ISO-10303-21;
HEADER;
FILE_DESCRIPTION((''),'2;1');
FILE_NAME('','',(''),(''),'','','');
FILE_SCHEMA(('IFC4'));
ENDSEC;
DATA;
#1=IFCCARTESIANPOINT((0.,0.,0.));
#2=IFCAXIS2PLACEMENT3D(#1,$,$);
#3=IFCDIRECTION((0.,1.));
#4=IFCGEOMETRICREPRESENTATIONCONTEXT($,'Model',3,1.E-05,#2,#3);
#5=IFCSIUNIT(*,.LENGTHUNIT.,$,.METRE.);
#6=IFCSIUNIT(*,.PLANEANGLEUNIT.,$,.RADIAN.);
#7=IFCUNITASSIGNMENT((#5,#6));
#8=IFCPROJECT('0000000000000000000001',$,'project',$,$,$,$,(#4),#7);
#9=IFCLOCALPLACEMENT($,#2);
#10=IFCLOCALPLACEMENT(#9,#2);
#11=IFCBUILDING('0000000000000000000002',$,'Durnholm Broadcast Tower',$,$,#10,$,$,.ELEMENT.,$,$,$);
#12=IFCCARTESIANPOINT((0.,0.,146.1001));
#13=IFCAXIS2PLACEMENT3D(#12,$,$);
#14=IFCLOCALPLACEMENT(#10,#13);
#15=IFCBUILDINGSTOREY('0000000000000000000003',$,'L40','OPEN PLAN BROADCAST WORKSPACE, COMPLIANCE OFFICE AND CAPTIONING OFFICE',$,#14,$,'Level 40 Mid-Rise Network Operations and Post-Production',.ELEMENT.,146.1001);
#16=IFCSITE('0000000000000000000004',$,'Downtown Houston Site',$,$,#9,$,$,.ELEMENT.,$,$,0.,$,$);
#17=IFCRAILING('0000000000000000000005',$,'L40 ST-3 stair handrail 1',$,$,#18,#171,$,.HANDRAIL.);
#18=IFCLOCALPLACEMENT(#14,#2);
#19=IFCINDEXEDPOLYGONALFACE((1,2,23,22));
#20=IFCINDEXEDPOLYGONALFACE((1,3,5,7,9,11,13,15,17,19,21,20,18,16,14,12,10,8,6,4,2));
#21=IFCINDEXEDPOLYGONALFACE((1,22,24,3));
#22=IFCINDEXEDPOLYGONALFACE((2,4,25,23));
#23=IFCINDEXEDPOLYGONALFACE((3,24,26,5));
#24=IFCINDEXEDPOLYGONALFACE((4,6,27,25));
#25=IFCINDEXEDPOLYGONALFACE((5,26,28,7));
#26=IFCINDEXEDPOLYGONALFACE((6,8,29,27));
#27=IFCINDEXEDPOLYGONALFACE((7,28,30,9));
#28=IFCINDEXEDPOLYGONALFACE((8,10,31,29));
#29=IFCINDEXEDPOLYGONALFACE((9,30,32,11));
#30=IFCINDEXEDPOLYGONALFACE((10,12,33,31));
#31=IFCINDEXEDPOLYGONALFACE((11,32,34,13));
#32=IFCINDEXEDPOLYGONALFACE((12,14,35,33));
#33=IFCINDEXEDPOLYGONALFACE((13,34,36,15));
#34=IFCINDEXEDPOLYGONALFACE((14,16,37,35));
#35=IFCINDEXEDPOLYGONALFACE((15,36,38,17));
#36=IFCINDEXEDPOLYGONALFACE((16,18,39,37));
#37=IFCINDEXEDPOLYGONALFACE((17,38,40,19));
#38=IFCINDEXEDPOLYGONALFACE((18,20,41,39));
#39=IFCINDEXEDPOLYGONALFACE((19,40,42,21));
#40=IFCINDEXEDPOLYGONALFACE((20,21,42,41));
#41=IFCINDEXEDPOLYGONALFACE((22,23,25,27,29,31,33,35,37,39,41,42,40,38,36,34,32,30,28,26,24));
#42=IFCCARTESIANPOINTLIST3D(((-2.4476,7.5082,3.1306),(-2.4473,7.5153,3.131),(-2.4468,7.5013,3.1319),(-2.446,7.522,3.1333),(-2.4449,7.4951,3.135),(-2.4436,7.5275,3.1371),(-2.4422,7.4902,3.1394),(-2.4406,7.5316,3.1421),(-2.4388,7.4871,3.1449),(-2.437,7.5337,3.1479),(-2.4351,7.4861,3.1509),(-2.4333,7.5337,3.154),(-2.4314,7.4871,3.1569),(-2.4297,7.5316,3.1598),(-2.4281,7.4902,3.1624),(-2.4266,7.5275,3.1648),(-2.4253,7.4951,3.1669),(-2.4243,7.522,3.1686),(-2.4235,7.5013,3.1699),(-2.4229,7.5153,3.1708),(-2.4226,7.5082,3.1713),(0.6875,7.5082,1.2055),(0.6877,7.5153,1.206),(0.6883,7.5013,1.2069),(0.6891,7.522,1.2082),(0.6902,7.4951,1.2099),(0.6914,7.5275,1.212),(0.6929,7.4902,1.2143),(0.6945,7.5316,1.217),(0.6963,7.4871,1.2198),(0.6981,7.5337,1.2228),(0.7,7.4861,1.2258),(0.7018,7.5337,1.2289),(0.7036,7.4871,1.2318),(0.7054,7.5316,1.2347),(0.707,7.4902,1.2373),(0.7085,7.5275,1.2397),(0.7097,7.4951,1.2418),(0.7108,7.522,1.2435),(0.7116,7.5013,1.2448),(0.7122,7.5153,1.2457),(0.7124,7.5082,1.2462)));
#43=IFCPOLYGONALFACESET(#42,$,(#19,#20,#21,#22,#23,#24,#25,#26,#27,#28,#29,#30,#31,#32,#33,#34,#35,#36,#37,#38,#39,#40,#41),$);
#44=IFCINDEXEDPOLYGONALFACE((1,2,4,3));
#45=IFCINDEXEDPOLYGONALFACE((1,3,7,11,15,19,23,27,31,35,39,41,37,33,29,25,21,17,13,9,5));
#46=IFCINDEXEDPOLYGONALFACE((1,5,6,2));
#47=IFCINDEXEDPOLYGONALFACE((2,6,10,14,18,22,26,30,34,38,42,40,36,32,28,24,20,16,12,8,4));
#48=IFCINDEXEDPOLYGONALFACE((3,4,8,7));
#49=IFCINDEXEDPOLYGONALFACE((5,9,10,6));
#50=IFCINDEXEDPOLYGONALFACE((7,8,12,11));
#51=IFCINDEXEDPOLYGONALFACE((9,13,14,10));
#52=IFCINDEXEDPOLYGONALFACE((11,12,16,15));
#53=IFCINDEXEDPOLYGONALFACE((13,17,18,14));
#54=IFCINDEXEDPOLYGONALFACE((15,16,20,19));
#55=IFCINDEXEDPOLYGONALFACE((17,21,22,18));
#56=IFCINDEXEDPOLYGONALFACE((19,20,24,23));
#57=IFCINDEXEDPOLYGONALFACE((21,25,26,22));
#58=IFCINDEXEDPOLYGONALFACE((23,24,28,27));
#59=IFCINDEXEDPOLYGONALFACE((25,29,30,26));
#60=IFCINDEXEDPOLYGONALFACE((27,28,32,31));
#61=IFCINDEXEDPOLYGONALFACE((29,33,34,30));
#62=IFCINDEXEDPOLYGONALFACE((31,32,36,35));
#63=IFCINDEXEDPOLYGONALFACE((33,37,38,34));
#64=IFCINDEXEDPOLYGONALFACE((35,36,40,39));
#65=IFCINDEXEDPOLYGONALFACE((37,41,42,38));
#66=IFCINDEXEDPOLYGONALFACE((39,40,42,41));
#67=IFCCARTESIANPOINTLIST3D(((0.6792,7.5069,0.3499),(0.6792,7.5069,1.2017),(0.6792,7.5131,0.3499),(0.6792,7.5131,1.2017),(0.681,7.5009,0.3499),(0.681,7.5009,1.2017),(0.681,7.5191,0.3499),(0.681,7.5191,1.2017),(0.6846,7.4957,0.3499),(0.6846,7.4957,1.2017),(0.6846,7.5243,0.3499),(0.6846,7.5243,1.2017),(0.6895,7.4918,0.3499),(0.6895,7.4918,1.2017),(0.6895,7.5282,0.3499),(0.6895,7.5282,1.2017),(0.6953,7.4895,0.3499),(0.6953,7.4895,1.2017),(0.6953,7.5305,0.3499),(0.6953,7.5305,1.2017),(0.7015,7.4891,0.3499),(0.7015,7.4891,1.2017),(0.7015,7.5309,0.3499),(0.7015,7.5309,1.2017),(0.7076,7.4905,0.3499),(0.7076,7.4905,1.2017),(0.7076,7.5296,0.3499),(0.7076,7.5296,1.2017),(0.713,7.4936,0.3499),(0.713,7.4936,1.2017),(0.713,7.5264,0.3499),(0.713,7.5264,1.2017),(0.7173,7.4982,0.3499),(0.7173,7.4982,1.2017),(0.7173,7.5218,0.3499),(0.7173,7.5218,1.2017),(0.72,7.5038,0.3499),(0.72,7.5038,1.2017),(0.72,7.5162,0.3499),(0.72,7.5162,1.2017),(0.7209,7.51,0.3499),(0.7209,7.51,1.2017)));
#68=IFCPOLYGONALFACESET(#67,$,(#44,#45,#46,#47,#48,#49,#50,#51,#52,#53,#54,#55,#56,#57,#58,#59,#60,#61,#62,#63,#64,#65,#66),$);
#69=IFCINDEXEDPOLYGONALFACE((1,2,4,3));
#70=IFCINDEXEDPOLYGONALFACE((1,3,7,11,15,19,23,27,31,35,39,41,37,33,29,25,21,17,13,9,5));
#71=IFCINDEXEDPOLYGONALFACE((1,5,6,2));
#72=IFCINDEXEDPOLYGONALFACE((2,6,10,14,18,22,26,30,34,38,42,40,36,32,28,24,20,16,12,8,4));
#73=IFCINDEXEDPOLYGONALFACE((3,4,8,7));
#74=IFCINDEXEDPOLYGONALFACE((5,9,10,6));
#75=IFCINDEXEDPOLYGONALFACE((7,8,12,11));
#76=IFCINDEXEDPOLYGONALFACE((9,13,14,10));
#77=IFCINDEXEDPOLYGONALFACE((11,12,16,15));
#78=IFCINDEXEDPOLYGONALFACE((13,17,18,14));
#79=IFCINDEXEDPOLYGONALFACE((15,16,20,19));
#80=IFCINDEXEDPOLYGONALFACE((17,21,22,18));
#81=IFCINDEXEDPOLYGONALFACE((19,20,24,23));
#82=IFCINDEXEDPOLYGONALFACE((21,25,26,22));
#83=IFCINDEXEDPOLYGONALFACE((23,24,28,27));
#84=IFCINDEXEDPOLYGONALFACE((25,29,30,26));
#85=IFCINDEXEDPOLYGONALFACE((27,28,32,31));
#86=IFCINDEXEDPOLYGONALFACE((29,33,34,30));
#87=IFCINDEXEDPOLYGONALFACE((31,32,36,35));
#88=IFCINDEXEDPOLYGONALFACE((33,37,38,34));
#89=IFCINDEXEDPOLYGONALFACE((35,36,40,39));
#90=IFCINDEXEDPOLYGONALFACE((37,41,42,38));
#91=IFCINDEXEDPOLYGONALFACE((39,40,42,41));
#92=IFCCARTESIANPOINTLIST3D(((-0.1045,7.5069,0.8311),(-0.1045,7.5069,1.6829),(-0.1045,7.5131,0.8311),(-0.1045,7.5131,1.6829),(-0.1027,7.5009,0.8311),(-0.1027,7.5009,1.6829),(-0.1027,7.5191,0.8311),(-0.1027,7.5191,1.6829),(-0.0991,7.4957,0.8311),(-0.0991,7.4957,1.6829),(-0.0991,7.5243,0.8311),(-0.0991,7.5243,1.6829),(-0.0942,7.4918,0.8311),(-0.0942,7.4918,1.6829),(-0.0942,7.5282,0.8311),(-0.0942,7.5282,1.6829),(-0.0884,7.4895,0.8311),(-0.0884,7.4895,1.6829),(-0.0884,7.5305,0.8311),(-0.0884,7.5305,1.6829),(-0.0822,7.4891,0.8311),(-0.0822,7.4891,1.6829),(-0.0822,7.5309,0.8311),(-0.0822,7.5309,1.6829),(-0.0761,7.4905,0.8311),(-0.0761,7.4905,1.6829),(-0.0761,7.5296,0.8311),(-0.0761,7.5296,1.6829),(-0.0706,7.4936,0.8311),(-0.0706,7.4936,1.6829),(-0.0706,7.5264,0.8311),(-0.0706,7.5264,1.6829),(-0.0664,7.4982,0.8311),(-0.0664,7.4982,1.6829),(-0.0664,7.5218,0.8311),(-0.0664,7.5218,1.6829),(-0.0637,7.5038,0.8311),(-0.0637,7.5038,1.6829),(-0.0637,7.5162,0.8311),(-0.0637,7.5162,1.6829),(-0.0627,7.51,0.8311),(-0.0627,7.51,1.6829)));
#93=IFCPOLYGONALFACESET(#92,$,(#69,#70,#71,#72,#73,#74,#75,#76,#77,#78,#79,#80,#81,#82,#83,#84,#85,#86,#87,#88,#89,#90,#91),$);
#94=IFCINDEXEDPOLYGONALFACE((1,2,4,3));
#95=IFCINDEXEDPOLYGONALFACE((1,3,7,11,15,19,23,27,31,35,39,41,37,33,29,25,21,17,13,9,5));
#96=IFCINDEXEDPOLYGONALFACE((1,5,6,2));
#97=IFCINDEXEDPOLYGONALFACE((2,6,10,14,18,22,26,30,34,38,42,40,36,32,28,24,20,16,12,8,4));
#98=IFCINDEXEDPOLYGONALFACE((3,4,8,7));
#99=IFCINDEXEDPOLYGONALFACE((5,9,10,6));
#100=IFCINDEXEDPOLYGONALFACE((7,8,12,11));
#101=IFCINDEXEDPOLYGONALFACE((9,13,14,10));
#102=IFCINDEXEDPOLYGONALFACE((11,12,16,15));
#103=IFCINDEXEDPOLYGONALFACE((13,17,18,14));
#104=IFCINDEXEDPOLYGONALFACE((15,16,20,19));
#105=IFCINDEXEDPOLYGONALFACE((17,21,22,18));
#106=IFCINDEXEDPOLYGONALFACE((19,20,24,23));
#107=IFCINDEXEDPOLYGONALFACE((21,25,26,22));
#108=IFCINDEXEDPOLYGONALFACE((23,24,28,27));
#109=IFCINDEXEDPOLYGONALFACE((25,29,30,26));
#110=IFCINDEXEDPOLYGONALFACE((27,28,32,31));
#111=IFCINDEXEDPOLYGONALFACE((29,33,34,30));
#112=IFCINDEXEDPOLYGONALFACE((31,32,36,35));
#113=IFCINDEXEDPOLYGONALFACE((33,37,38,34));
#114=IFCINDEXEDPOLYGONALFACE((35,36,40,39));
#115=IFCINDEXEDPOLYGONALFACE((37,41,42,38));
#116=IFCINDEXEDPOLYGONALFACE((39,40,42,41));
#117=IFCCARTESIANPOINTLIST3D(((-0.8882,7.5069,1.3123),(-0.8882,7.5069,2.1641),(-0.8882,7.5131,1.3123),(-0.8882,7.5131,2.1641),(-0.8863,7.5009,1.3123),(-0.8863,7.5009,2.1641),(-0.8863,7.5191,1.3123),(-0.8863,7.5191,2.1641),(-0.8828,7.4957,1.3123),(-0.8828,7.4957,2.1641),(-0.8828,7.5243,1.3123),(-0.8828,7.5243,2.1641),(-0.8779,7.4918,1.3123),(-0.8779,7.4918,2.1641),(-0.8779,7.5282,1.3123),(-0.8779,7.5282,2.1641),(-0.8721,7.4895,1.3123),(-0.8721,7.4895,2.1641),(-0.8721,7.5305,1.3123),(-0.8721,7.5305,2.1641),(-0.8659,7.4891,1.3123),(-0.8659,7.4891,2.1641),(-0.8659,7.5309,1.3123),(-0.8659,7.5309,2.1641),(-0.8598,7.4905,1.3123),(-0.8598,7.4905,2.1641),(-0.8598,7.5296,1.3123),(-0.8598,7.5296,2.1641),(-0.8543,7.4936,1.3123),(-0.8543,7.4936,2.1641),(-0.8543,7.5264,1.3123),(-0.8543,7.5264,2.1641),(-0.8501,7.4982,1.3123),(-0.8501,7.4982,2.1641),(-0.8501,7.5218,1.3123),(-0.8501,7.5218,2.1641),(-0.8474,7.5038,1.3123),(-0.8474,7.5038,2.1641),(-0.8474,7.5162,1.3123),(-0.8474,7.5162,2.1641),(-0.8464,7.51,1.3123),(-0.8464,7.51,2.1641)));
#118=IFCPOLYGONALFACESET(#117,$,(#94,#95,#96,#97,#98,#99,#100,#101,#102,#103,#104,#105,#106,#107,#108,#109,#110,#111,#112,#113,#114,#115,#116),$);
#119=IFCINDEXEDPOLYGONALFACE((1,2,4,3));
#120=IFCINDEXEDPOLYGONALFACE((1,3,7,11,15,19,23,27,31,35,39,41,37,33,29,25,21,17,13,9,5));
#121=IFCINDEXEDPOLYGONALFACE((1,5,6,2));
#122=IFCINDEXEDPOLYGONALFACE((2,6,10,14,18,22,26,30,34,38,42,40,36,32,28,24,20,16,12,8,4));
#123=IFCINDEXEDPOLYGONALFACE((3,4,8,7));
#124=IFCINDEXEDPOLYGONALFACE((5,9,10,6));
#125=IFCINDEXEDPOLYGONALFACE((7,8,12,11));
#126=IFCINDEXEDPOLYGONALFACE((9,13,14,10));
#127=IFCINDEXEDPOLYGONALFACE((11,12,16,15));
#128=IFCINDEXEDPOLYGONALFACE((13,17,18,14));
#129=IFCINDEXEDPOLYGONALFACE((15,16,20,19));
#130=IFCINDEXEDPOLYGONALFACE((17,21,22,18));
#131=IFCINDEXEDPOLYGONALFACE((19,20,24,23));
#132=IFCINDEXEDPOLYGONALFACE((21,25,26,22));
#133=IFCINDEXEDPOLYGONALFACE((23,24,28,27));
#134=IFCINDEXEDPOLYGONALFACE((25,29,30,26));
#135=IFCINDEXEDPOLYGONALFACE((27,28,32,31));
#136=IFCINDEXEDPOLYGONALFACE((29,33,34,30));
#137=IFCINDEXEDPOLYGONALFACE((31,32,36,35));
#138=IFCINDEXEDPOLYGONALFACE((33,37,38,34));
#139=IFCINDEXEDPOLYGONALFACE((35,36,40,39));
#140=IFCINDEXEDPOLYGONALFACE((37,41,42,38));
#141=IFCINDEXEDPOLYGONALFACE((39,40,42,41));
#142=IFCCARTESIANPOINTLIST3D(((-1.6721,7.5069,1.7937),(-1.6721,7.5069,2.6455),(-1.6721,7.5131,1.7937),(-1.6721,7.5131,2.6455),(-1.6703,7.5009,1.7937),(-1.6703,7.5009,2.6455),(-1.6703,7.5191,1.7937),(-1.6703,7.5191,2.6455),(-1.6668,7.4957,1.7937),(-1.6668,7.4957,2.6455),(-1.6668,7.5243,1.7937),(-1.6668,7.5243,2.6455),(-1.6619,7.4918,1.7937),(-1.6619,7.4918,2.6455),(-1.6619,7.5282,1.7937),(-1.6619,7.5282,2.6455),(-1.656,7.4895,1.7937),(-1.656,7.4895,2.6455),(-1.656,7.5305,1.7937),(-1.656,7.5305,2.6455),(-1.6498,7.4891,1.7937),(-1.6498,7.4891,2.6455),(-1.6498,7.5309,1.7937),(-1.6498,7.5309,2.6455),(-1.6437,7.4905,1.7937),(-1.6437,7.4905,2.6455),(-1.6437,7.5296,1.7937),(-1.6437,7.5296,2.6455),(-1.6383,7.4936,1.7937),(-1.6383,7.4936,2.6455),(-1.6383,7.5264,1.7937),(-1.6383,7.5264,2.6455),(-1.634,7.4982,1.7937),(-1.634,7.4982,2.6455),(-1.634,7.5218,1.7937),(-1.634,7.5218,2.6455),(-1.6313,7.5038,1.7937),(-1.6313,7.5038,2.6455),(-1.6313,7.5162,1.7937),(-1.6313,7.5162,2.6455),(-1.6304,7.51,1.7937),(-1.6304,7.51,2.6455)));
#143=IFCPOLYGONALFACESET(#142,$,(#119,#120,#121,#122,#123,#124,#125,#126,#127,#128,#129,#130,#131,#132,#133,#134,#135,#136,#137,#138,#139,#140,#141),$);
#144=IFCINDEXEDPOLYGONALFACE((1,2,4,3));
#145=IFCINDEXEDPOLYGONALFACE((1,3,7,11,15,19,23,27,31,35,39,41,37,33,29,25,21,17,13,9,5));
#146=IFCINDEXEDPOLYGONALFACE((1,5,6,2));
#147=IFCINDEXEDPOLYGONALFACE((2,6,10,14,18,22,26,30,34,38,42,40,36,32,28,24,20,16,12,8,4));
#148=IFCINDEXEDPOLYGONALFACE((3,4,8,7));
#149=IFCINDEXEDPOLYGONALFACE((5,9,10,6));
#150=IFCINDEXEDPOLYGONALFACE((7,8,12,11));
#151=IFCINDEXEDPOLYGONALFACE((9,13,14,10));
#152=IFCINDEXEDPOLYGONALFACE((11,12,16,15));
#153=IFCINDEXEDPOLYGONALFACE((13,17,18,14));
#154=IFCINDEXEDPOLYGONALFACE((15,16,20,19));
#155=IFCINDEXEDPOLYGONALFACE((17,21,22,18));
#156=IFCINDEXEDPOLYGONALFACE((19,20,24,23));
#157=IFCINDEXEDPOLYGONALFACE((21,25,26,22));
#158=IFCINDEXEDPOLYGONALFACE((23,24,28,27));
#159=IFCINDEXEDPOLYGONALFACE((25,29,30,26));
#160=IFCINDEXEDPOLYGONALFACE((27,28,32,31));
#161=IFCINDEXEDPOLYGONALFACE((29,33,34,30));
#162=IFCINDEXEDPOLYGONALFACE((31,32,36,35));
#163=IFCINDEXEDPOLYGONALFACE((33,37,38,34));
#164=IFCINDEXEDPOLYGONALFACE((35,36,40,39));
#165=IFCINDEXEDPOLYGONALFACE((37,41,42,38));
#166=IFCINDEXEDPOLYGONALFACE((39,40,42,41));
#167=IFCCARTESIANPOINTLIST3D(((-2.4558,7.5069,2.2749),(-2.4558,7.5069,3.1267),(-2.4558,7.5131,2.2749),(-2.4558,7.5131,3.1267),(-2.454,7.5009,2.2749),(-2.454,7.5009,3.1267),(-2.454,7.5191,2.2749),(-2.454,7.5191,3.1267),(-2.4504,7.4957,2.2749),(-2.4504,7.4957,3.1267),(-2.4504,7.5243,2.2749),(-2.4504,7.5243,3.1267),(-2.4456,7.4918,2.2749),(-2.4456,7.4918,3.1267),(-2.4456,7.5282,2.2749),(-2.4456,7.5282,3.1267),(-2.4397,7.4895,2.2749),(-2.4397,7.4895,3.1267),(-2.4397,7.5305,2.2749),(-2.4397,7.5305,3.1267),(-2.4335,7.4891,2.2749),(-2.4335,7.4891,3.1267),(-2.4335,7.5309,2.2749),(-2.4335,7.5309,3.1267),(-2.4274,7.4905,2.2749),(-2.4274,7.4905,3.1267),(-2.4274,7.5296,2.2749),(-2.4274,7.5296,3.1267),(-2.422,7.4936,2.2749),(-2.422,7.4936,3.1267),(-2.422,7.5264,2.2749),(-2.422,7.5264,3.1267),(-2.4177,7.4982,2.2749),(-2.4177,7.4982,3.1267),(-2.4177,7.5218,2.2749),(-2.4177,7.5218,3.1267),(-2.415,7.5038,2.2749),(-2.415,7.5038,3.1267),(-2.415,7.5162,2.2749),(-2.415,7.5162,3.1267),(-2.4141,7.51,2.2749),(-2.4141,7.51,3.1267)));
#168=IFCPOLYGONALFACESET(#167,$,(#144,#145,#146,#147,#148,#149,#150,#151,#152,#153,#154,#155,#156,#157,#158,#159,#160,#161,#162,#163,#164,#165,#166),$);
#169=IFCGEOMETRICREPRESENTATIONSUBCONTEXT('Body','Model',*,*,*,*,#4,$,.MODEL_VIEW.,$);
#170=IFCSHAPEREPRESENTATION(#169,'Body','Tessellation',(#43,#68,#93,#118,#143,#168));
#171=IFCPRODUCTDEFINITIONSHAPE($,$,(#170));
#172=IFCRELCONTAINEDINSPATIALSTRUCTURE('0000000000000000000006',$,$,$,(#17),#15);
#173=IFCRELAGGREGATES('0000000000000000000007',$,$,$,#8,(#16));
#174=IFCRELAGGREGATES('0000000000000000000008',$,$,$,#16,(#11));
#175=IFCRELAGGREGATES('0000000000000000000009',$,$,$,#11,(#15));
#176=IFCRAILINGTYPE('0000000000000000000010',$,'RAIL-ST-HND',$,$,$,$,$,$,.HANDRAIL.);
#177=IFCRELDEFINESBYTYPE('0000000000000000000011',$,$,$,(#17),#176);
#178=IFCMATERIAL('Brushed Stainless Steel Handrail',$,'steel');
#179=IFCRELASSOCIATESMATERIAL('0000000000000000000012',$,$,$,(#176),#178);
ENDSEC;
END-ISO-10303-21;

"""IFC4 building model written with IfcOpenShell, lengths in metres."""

from ifc_helpers import new_model, si_unit, direction, frame, origin, origin_2d, place, context, subcontext, project, spatial, circle, extrude, material, type_object, element, save


model = new_model("IFC4")

# Units and contexts
model_context = context("Model", 3, precision=1e-05, world=origin(), true_north=direction((0.0, 1.0)))
body_context = subcontext(model_context, "Body", "Model", "MODEL_VIEW")
ifc_project = project(units=[si_unit("LENGTHUNIT", "METRE"), si_unit("PLANEANGLEUNIT", "RADIAN")], contexts=[model_context])

# Site, building, storey
site_placement = place(None, origin())
site = spatial("IfcSite", under=ifc_project, at=site_placement, Name="Downtown Houston Site", CompositionType="ELEMENT", RefElevation=0.0)
building_placement = place(site_placement, origin())
building = spatial("IfcBuilding", under=site, at=building_placement, Name="Durnholm Broadcast Tower", CompositionType="ELEMENT")
storey_placement = place(building_placement, frame((0.0, 0.0, 146.1001)))
storey = spatial("IfcBuildingStorey", under=building, at=storey_placement, Name="L40", Description="OPEN PLAN BROADCAST WORKSPACE, COMPLIANCE OFFICE AND CAPTIONING OFFICE", LongName="Level 40 Mid-Rise Network Operations and Post-Production", CompositionType="ELEMENT", Elevation=146.1001)

# Railing
ifc_material_1 = material(Name="Brushed Stainless Steel Handrail", Category="steel")
railing_type_1 = type_object("IfcRailingType", Name="RAIL-ST-HND", PredefinedType="HANDRAIL", material=ifc_material_1)
railing_1_placement = place(storey_placement, frame((0.7, 7.51, 0.3499)))
element("IfcRailing", 1, at=railing_1_placement, inside=storey, type_object=railing_type_1, Name="L40 ST-3 stair handrail 1", PredefinedType="HANDRAIL", context=body_context, shape_type="SweptSolid", body=[
    extrude(circle(Radius=0.0239, at=origin_2d()), frame((0.0, 0.0, 0.876), z_axis=(-0.852166, 0.0, 0.523271), x_axis=(0.0, -1.0, 0.0)), (0.0, 0.0, 1.0), 3.679),
    extrude(circle(Radius=0.021, at=origin_2d()), origin(), (0.0, 0.0, 1.0), 0.8518),
    extrude(circle(Radius=0.021, at=origin_2d()), frame((-0.7837, 0.0, 0.4812)), (0.0, 0.0, 1.0), 0.8518),
    extrude(circle(Radius=0.021, at=origin_2d()), frame((-1.5674, 0.0, 0.9624)), (0.0, 0.0, 1.0), 0.8518),
    extrude(circle(Radius=0.021, at=origin_2d()), frame((-2.3513, 0.0, 1.4438)), (0.0, 0.0, 1.0), 0.8518),
    extrude(circle(Radius=0.021, at=origin_2d()), frame((-3.135, 0.0, 1.925)), (0.0, 0.0, 1.0), 0.8518),
])

save(model, "model.ifc")
